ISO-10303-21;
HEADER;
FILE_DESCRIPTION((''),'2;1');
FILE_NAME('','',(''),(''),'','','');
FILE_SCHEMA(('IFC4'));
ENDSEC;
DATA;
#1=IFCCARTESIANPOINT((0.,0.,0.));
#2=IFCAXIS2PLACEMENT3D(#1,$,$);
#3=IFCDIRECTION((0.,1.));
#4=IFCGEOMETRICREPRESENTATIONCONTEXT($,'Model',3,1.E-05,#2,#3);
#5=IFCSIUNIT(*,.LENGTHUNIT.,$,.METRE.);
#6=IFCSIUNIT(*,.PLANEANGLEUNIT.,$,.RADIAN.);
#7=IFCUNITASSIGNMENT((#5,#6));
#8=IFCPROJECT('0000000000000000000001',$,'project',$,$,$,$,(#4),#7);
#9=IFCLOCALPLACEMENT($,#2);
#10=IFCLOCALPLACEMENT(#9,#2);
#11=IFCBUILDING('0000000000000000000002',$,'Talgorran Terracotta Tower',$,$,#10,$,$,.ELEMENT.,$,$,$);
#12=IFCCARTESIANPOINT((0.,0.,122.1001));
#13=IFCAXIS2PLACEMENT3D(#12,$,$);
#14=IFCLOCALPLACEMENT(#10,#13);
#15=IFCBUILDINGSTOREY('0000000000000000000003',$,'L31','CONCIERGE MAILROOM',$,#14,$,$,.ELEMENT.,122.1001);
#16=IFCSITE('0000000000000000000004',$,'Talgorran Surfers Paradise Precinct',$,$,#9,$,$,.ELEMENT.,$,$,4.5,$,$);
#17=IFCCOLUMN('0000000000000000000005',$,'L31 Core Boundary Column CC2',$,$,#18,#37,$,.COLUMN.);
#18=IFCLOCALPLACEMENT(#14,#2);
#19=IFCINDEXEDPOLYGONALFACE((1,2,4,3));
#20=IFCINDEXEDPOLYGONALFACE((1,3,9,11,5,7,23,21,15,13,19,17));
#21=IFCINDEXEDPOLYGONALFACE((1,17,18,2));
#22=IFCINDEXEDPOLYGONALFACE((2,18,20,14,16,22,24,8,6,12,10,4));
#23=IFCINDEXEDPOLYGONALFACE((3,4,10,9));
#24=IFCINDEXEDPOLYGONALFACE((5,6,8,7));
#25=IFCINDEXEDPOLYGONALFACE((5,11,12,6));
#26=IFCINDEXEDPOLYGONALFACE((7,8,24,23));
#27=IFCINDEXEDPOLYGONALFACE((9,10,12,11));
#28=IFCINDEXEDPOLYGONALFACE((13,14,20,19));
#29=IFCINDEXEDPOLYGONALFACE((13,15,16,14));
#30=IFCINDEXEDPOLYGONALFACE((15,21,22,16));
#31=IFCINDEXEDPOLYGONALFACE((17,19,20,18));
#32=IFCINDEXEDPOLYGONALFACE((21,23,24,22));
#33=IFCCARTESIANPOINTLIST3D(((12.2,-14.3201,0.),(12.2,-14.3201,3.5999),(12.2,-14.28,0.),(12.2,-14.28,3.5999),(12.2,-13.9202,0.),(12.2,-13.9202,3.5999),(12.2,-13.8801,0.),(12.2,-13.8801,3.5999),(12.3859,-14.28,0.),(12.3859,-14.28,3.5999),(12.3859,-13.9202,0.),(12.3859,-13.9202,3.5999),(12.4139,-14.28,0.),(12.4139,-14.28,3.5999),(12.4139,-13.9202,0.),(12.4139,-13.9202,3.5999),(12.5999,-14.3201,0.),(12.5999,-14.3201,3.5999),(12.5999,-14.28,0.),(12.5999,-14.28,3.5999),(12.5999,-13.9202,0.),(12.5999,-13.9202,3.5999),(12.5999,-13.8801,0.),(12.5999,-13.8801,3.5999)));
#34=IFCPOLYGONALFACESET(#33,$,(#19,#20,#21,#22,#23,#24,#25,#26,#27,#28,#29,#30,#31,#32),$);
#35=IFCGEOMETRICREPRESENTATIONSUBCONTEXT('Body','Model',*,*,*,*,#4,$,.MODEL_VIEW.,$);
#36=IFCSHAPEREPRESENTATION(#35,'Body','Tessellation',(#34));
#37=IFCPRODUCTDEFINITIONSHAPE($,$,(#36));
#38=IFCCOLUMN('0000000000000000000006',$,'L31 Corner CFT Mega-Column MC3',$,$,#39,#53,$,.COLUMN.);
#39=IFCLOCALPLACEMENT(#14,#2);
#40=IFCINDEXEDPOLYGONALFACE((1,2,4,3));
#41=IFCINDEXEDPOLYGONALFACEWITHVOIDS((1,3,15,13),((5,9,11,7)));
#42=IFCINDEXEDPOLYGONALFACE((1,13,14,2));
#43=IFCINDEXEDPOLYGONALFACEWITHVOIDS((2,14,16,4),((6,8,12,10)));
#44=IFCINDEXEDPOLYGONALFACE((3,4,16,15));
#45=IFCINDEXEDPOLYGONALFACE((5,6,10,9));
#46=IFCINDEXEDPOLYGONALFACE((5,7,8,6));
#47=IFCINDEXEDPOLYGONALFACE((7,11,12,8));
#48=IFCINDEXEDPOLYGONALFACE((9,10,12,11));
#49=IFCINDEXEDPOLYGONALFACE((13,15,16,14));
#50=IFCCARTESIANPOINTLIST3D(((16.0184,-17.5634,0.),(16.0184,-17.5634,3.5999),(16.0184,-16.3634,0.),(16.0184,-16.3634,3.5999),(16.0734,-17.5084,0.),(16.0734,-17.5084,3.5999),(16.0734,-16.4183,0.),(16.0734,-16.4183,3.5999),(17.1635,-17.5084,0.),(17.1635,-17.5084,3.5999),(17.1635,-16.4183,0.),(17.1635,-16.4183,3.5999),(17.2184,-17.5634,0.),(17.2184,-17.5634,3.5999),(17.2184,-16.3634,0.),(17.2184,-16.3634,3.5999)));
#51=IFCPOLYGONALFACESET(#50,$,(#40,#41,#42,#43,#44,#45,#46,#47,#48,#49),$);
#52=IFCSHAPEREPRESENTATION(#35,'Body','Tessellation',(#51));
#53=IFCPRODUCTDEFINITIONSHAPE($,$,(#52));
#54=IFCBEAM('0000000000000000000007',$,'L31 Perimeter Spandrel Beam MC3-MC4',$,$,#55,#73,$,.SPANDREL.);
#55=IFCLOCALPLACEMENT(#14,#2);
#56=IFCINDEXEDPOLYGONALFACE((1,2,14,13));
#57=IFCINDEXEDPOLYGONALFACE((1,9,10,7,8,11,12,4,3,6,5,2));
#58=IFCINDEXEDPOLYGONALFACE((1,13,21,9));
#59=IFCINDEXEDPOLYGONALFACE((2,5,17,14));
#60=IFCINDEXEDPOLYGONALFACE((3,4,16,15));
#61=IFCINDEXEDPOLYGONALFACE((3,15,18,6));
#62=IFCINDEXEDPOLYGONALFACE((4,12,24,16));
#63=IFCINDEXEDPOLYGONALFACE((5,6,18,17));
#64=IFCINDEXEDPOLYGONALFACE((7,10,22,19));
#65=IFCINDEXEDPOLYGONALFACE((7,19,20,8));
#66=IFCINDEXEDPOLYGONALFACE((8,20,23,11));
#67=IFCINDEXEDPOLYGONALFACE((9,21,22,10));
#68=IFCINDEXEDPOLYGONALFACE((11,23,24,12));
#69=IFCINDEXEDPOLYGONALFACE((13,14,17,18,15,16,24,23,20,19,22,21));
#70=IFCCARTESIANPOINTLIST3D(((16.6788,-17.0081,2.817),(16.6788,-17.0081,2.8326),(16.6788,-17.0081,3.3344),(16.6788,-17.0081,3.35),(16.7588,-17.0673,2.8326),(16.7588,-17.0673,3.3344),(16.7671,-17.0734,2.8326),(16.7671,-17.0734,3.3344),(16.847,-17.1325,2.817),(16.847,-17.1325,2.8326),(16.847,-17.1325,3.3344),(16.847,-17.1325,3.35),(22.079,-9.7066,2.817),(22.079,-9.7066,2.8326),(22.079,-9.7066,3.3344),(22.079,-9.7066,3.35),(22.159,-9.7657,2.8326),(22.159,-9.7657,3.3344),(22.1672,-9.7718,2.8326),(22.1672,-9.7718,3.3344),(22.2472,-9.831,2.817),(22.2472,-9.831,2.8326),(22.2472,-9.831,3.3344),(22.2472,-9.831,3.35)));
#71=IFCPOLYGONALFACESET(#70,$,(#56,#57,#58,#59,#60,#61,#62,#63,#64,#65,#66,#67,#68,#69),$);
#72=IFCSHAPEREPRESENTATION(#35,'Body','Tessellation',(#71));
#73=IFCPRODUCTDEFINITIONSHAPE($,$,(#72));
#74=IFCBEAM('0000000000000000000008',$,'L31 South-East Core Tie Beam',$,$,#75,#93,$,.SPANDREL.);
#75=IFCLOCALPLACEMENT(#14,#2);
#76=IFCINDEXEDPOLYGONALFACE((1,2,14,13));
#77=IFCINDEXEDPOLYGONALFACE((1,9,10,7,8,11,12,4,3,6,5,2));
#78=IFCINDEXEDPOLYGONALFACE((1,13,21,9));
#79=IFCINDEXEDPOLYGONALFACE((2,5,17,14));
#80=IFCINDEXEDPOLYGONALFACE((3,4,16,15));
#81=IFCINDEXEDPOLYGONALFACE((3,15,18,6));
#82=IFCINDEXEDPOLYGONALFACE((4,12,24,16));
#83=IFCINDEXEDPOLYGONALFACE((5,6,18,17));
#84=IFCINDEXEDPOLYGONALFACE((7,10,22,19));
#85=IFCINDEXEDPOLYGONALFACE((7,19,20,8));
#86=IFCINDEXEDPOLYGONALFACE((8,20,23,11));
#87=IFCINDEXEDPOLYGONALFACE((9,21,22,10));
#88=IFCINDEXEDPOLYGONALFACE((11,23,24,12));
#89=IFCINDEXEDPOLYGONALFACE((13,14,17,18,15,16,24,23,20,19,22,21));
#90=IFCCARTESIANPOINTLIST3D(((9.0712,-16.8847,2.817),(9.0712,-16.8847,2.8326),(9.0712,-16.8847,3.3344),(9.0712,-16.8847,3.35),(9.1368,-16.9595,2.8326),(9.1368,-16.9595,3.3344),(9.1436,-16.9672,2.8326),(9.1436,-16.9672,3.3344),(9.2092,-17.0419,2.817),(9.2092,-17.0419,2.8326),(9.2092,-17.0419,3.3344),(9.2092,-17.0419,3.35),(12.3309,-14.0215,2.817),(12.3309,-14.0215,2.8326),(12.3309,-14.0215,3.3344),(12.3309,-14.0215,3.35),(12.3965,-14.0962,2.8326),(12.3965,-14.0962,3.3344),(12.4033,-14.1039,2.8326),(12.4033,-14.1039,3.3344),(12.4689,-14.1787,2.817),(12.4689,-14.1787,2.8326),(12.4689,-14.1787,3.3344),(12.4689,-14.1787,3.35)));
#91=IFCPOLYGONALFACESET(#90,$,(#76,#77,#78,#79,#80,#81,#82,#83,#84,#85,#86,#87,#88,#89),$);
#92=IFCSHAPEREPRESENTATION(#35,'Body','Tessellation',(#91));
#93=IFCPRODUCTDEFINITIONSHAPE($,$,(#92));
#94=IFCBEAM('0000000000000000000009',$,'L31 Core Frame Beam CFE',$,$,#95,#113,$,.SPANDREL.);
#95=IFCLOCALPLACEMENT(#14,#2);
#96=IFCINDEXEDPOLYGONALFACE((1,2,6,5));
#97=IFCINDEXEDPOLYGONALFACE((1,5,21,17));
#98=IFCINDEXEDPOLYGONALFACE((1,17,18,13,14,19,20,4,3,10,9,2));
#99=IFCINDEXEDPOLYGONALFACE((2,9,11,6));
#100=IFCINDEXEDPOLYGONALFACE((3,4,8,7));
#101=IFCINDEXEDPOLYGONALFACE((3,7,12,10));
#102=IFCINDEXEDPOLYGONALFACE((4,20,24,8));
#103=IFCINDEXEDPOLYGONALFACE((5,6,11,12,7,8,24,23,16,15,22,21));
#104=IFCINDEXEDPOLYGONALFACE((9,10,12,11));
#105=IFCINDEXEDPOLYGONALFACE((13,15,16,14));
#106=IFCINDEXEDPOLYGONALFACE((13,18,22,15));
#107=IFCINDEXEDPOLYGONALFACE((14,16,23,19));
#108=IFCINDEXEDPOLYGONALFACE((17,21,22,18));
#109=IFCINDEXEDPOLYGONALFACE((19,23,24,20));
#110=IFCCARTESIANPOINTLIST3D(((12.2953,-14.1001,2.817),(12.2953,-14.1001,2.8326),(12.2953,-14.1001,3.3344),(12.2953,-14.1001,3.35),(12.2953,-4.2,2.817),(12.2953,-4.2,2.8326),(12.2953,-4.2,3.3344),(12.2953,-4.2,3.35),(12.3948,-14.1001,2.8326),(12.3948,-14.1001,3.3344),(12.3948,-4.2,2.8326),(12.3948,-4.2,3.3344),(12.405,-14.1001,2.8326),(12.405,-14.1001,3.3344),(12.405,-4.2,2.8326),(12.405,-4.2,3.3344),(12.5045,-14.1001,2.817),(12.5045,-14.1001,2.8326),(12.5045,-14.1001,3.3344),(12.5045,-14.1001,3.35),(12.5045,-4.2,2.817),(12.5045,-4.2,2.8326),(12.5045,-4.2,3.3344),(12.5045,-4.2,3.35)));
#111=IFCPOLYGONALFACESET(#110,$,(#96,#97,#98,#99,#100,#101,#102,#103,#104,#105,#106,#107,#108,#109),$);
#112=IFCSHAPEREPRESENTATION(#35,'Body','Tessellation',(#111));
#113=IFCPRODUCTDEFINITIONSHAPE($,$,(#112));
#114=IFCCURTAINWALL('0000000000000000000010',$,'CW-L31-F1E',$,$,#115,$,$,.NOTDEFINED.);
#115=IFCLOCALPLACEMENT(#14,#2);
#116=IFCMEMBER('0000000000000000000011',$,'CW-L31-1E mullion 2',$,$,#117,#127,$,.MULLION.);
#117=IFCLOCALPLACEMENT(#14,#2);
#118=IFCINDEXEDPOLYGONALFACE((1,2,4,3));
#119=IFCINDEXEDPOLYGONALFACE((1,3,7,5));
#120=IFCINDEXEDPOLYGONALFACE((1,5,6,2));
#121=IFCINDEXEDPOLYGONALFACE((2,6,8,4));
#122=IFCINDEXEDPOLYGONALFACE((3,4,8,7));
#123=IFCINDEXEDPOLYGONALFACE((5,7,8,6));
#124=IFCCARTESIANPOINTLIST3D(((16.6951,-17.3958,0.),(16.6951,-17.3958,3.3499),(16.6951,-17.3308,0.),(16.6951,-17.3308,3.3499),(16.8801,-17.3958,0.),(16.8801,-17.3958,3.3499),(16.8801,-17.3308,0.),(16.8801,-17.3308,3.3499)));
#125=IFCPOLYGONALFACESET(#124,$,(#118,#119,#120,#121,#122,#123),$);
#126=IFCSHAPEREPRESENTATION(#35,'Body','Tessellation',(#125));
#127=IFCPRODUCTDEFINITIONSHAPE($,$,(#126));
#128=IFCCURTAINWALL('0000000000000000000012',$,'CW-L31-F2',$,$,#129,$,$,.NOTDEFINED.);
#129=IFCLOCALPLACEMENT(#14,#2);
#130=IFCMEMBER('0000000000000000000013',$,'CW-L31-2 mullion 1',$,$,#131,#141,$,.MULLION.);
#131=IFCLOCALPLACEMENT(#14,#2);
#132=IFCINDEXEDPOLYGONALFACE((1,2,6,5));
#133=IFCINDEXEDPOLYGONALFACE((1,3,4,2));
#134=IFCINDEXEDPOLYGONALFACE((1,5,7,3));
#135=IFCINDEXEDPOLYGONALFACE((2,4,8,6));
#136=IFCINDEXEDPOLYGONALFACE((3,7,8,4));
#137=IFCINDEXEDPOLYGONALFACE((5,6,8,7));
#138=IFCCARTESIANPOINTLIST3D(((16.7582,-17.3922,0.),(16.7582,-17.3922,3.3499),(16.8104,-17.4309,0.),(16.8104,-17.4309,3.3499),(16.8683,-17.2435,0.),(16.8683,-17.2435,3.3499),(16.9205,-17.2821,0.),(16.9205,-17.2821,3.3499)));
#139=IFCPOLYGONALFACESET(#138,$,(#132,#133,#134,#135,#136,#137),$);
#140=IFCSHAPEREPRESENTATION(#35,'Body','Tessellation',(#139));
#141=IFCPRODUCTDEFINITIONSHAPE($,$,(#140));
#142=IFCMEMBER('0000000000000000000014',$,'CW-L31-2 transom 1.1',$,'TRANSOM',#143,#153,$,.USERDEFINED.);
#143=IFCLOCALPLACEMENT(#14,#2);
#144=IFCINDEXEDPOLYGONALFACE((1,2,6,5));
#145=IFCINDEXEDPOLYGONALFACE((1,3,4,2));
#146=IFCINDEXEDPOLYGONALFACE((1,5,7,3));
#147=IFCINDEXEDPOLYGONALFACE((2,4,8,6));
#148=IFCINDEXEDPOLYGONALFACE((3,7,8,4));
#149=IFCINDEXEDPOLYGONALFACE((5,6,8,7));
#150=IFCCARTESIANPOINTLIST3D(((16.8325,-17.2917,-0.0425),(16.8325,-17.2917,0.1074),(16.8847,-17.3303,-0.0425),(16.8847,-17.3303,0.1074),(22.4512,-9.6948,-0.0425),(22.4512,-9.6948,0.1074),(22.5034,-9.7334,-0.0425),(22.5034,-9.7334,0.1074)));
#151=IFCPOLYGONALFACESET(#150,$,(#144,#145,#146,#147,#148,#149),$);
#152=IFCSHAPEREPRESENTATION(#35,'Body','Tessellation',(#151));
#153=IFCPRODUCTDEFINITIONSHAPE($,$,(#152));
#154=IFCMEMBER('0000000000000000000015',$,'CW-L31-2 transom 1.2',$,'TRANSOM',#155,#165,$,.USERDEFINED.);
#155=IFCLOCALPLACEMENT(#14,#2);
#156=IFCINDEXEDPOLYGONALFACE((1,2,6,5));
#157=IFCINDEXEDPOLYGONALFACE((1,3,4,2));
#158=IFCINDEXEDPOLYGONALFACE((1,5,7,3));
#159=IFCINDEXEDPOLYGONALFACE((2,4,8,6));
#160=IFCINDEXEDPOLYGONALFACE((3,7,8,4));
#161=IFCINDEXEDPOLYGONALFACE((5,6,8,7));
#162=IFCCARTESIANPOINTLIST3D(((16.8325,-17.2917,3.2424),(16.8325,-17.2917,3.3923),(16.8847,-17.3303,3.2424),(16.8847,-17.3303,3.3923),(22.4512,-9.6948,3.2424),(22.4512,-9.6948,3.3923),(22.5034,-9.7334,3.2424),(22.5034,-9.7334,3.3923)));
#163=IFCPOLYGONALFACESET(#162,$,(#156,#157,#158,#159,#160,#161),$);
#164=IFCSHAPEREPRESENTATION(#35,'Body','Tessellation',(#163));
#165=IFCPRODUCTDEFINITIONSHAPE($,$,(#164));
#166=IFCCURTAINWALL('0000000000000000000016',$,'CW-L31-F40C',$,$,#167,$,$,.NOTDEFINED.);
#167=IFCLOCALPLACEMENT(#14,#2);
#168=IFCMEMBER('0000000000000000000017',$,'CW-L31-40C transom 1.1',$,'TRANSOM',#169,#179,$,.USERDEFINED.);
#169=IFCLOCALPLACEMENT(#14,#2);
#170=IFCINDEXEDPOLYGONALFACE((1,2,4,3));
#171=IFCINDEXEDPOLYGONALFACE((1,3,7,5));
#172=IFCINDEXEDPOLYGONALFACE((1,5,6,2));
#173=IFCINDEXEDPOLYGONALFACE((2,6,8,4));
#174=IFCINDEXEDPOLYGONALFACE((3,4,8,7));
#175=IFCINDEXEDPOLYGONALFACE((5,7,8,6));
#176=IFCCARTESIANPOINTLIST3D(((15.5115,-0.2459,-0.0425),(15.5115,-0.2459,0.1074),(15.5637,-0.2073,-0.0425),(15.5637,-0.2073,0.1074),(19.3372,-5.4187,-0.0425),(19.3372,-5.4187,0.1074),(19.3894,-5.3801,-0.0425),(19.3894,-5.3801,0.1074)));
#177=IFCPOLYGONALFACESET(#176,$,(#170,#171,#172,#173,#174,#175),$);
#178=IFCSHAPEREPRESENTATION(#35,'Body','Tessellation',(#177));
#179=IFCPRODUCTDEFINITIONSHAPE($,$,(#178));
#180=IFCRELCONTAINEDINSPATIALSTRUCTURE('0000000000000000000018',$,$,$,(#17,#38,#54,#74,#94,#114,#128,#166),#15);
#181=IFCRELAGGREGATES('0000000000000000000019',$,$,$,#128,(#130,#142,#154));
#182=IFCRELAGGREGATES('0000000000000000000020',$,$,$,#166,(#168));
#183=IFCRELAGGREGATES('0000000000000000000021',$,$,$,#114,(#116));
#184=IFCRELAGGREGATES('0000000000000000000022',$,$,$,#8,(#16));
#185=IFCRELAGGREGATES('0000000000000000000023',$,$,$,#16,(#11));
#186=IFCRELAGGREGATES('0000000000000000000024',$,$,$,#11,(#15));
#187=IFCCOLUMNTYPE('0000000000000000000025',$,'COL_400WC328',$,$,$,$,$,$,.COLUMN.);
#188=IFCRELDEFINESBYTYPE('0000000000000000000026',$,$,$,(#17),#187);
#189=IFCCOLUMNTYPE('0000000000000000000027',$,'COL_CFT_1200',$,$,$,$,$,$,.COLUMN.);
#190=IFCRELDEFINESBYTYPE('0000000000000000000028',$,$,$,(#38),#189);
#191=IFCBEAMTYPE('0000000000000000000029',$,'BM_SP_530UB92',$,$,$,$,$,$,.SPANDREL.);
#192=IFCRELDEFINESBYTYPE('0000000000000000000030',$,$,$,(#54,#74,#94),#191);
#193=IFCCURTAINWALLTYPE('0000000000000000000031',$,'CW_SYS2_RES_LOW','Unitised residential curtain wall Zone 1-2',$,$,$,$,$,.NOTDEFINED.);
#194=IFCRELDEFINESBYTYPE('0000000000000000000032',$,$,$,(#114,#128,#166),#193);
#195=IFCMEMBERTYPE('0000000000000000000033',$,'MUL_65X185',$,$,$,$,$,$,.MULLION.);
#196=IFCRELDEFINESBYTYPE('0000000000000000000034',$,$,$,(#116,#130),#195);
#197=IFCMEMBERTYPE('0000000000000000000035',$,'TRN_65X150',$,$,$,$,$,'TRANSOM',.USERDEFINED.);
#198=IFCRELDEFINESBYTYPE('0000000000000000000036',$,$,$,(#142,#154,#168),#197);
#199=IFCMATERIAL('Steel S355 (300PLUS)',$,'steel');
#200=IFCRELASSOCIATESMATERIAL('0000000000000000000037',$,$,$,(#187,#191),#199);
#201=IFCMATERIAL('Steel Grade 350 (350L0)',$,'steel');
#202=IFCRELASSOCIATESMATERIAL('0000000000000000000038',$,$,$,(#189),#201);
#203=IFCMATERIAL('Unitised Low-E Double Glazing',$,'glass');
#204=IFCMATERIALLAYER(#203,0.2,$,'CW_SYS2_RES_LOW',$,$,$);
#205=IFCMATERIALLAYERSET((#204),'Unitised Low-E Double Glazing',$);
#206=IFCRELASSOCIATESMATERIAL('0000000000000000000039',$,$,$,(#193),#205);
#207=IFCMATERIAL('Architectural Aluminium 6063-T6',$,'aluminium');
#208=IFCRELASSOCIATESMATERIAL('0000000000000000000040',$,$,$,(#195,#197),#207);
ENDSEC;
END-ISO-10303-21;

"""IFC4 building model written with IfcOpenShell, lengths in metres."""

from ifc_helpers import new_model, si_unit, direction, frame, origin, origin_2d, place, context, subcontext, project, spatial, rectangle, hollow_rectangle, i_section, extrude, material, layer, layer_set, material_profile, profile_set, type_object, element, aggregate, save


model = new_model("IFC4")

# Units and contexts
model_context = context("Model", 3, precision=1e-05, world=origin(), true_north=direction((0.0, 1.0)))
body_context = subcontext(model_context, "Body", "Model", "MODEL_VIEW")
ifc_project = project(units=[si_unit("LENGTHUNIT", "METRE"), si_unit("PLANEANGLEUNIT", "RADIAN")], contexts=[model_context])

# Site, building, storey
site_placement = place(None, origin())
site = spatial("IfcSite", under=ifc_project, at=site_placement, Name="Talgorran Surfers Paradise Precinct", CompositionType="ELEMENT", RefElevation=4.5)
building_placement = place(site_placement, origin())
building = spatial("IfcBuilding", under=site, at=building_placement, Name="Talgorran Terracotta Tower", CompositionType="ELEMENT")
storey_placement = place(building_placement, frame((0.0, 0.0, 122.1001)))
storey = spatial("IfcBuildingStorey", under=building, at=storey_placement, Name="L31", Description="CONCIERGE MAILROOM", CompositionType="ELEMENT", Elevation=122.1001)

# Columns
ifc_material_1 = material(Name="Steel S355 (300PLUS)", Category="steel")
ifc_material_profile_1 = material_profile(ifc_material_1, i_section(OverallWidth=0.3999, OverallDepth=0.4399, WebThickness=0.0281, FlangeThickness=0.04, at=origin_2d()), Name="400WC328")
ifc_profile_set_1 = profile_set([ifc_material_profile_1], Name="Steel S355 (300PLUS)")
column_type_1 = type_object("IfcColumnType", Name="COL_400WC328", PredefinedType="COLUMN", material=ifc_profile_set_1)
column_1_placement = place(storey_placement, frame((12.3999, -14.1001, 0.0), z_axis=(0.0, 0.0, 1.0), x_axis=(1.0, 0.0, 0.0)))
element("IfcColumn", 1, at=column_1_placement, inside=storey, type_object=column_type_1, Name="L31 Core Boundary Column CC2", PredefinedType="COLUMN", context=body_context, shape_type="SweptSolid", body=[
    extrude(i_section(OverallWidth=0.3999, OverallDepth=0.4399, WebThickness=0.0281, FlangeThickness=0.04, at=origin_2d()), origin(), (0.0, 0.0, 1.0), 3.5999),
])
ifc_material_2 = material(Name="Steel Grade 350 (350L0)", Category="steel")
ifc_material_profile_2 = material_profile(ifc_material_2, hollow_rectangle(XDim=1.2, YDim=1.2, WallThickness=0.0549, at=origin_2d()), Name="CFT1200X1200X55")
ifc_profile_set_2 = profile_set([ifc_material_profile_2], Name="Steel Grade 350 (350L0)")
column_type_2 = type_object("IfcColumnType", Name="COL_CFT_1200", PredefinedType="COLUMN", material=ifc_profile_set_2)
column_2_placement = place(storey_placement, frame((16.6184, -16.9634, 0.0), z_axis=(0.0, 0.0, 1.0), x_axis=(1.0, 0.0, 0.0)))
element("IfcColumn", 2, at=column_2_placement, inside=storey, type_object=column_type_2, Name="L31 Corner CFT Mega-Column MC3", PredefinedType="COLUMN", context=body_context, shape_type="SweptSolid", body=[
    extrude(hollow_rectangle(XDim=1.2, YDim=1.2, WallThickness=0.0549, at=origin_2d()), origin(), (0.0, 0.0, 1.0), 3.5999),
])

# Beams
ifc_material_profile_3 = material_profile(ifc_material_1, i_section(OverallWidth=0.2092, OverallDepth=0.533, WebThickness=0.0103, FlangeThickness=0.0156, at=origin_2d()), Name="530UB92.4")
ifc_profile_set_3 = profile_set([ifc_material_profile_3], Name="Steel S355 (300PLUS)")
beam_type = type_object("IfcBeamType", Name="BM_SP_530UB92", PredefinedType="SPANDREL", material=ifc_profile_set_3)
beam_1_placement = place(storey_placement, frame((16.7629, -17.0703, 3.0835), z_axis=(0.594631, 0.803998, 0.0), x_axis=(-0.803998, 0.594631, 0.0)))
element("IfcBeam", 3, at=beam_1_placement, inside=storey, type_object=beam_type, Name="L31 Perimeter Spandrel Beam MC3-MC4", PredefinedType="SPANDREL", context=body_context, shape_type="SweptSolid", body=[
    extrude(i_section(OverallWidth=0.2092, OverallDepth=0.533, WebThickness=0.0103, FlangeThickness=0.0156, at=origin_2d()), origin(), (0.0, 0.0, 1.0), 9.0815),
])
beam_2_placement = place(storey_placement, frame((12.3999, -14.1001, 3.0835), z_axis=(-0.75132, -0.659938, 0.0), x_axis=(0.659938, -0.75132, 0.0)))
element("IfcBeam", 4, at=beam_2_placement, inside=storey, type_object=beam_type, Name="L31 South-East Core Tie Beam", PredefinedType="SPANDREL", context=body_context, shape_type="SweptSolid", body=[
    extrude(i_section(OverallWidth=0.2092, OverallDepth=0.533, WebThickness=0.0103, FlangeThickness=0.0156, at=origin_2d()), origin(), (0.0, 0.0, 1.0), 4.3386),
])
beam_3_placement = place(storey_placement, frame((12.3999, -14.1001, 3.0835), z_axis=(0.0, 1.0, 0.0), x_axis=(-1.0, 0.0, 0.0)))
element("IfcBeam", 5, at=beam_3_placement, inside=storey, type_object=beam_type, Name="L31 Core Frame Beam CFE", PredefinedType="SPANDREL", context=body_context, shape_type="SweptSolid", body=[
    extrude(i_section(OverallWidth=0.2092, OverallDepth=0.533, WebThickness=0.0103, FlangeThickness=0.0156, at=origin_2d()), origin(), (0.0, 0.0, 1.0), 9.9001),
])

# Curtain wall, member
ifc_material_3 = material(Name="Unitised Low-E Double Glazing", Category="glass")
ifc_layer_1 = layer(ifc_material_3, 0.2, Name="CW_SYS2_RES_LOW")
ifc_layer_set_1 = layer_set([ifc_layer_1], Name="Unitised Low-E Double Glazing")
curtain_wall_type = type_object("IfcCurtainWallType", Name="CW_SYS2_RES_LOW", Description="Unitised residential curtain wall Zone 1-2", PredefinedType="NOTDEFINED", material=ifc_layer_set_1)
curtain_wall_1_placement = place(storey_placement, origin())
curtain_wall_1 = element("IfcCurtainWall", 6, at=curtain_wall_1_placement, inside=storey, type_object=curtain_wall_type, Name="CW-L31-F1E", PredefinedType="NOTDEFINED")
ifc_material_4 = material(Name="Architectural Aluminium 6063-T6", Category="aluminium")
ifc_material_profile_4 = material_profile(ifc_material_4, rectangle(XDim=0.0649, YDim=0.1851, at=origin_2d()), Name="CWM65X185")
ifc_profile_set_4 = profile_set([ifc_material_profile_4], Name="Architectural Aluminium 6063-T6")
member_type_1 = type_object("IfcMemberType", Name="MUL_65X185", PredefinedType="MULLION", material=ifc_profile_set_4)
member_1_placement = place(storey_placement, frame((16.7876, -17.3633, 0.0), z_axis=(0.0, 0.0, 1.0), x_axis=(0.0, 1.0, 0.0)))
member_1 = element("IfcMember", 7, at=member_1_placement, type_object=member_type_1, Name="CW-L31-1E mullion 2", PredefinedType="MULLION", context=body_context, shape_type="SweptSolid", body=[
    extrude(rectangle(XDim=0.0649, YDim=0.1851, at=origin_2d()), origin(), (0.0, 0.0, 1.0), 3.3499),
])

# Curtain wall, members
curtain_wall_2_placement = place(storey_placement, origin())
curtain_wall_2 = element("IfcCurtainWall", 8, at=curtain_wall_2_placement, inside=storey, type_object=curtain_wall_type, Name="CW-L31-F2", PredefinedType="NOTDEFINED")
member_2_placement = place(storey_placement, frame((16.8394, -17.3372, 0.0), z_axis=(0.0, 0.0, 1.0), x_axis=(-0.803993, 0.594638, 0.0)))
member_2 = element("IfcMember", 9, at=member_2_placement, type_object=member_type_1, Name="CW-L31-2 mullion 1", PredefinedType="MULLION", context=body_context, shape_type="SweptSolid", body=[
    extrude(rectangle(XDim=0.0649, YDim=0.1851, at=origin_2d()), origin(), (0.0, 0.0, 1.0), 3.3499),
])
ifc_material_profile_5 = material_profile(ifc_material_4, rectangle(XDim=0.0649, YDim=0.1499, at=origin_2d()), Name="CWT65X150")
ifc_profile_set_5 = profile_set([ifc_material_profile_5], Name="Architectural Aluminium 6063-T6")
member_type_2 = type_object("IfcMemberType", Name="TRN_65X150", ElementType="TRANSOM", PredefinedType="USERDEFINED", material=ifc_profile_set_5)
member_3_placement = place(storey_placement, frame((16.8586, -17.311, 0.0325), z_axis=(0.594633, 0.803997, 0.0), x_axis=(-0.803997, 0.594633, 0.0)))
member_3 = element("IfcMember", 10, at=member_3_placement, type_object=member_type_2, Name="CW-L31-2 transom 1.1", ObjectType="TRANSOM", PredefinedType="USERDEFINED", context=body_context, shape_type="SweptSolid", body=[
    extrude(rectangle(XDim=0.0649, YDim=0.1499, at=origin_2d()), origin(), (0.0, 0.0, 1.0), 9.449),
])
member_4_placement = place(storey_placement, frame((16.8586, -17.311, 3.3174), z_axis=(0.594633, 0.803997, 0.0), x_axis=(-0.803997, 0.594633, 0.0)))
member_4 = element("IfcMember", 11, at=member_4_placement, type_object=member_type_2, Name="CW-L31-2 transom 1.2", ObjectType="TRANSOM", PredefinedType="USERDEFINED", context=body_context, shape_type="SweptSolid", body=[
    extrude(rectangle(XDim=0.0649, YDim=0.1499, at=origin_2d()), origin(), (0.0, 0.0, 1.0), 9.449),
])
aggregate(curtain_wall_2, [member_2, member_3, member_4])

# Curtain wall, member
curtain_wall_3_placement = place(storey_placement, origin())
curtain_wall_3 = element("IfcCurtainWall", 12, at=curtain_wall_3_placement, inside=storey, type_object=curtain_wall_type, Name="CW-L31-F40C", PredefinedType="NOTDEFINED")
member_5_placement = place(storey_placement, frame((19.3633, -5.3994, 0.0325), z_axis=(-0.594619, 0.804007, 0.0), x_axis=(-0.804007, -0.594619, 0.0)))
member_5 = element("IfcMember", 13, at=member_5_placement, type_object=member_type_2, Name="CW-L31-40C transom 1.1", ObjectType="TRANSOM", PredefinedType="USERDEFINED", context=body_context, shape_type="SweptSolid", body=[
    extrude(rectangle(XDim=0.0649, YDim=0.1499, at=origin_2d()), origin(), (0.0, 0.0, 1.0), 6.4338),
])
aggregate(curtain_wall_3, [member_5])

aggregate(curtain_wall_1, [member_1])

save(model, "model.ifc")
